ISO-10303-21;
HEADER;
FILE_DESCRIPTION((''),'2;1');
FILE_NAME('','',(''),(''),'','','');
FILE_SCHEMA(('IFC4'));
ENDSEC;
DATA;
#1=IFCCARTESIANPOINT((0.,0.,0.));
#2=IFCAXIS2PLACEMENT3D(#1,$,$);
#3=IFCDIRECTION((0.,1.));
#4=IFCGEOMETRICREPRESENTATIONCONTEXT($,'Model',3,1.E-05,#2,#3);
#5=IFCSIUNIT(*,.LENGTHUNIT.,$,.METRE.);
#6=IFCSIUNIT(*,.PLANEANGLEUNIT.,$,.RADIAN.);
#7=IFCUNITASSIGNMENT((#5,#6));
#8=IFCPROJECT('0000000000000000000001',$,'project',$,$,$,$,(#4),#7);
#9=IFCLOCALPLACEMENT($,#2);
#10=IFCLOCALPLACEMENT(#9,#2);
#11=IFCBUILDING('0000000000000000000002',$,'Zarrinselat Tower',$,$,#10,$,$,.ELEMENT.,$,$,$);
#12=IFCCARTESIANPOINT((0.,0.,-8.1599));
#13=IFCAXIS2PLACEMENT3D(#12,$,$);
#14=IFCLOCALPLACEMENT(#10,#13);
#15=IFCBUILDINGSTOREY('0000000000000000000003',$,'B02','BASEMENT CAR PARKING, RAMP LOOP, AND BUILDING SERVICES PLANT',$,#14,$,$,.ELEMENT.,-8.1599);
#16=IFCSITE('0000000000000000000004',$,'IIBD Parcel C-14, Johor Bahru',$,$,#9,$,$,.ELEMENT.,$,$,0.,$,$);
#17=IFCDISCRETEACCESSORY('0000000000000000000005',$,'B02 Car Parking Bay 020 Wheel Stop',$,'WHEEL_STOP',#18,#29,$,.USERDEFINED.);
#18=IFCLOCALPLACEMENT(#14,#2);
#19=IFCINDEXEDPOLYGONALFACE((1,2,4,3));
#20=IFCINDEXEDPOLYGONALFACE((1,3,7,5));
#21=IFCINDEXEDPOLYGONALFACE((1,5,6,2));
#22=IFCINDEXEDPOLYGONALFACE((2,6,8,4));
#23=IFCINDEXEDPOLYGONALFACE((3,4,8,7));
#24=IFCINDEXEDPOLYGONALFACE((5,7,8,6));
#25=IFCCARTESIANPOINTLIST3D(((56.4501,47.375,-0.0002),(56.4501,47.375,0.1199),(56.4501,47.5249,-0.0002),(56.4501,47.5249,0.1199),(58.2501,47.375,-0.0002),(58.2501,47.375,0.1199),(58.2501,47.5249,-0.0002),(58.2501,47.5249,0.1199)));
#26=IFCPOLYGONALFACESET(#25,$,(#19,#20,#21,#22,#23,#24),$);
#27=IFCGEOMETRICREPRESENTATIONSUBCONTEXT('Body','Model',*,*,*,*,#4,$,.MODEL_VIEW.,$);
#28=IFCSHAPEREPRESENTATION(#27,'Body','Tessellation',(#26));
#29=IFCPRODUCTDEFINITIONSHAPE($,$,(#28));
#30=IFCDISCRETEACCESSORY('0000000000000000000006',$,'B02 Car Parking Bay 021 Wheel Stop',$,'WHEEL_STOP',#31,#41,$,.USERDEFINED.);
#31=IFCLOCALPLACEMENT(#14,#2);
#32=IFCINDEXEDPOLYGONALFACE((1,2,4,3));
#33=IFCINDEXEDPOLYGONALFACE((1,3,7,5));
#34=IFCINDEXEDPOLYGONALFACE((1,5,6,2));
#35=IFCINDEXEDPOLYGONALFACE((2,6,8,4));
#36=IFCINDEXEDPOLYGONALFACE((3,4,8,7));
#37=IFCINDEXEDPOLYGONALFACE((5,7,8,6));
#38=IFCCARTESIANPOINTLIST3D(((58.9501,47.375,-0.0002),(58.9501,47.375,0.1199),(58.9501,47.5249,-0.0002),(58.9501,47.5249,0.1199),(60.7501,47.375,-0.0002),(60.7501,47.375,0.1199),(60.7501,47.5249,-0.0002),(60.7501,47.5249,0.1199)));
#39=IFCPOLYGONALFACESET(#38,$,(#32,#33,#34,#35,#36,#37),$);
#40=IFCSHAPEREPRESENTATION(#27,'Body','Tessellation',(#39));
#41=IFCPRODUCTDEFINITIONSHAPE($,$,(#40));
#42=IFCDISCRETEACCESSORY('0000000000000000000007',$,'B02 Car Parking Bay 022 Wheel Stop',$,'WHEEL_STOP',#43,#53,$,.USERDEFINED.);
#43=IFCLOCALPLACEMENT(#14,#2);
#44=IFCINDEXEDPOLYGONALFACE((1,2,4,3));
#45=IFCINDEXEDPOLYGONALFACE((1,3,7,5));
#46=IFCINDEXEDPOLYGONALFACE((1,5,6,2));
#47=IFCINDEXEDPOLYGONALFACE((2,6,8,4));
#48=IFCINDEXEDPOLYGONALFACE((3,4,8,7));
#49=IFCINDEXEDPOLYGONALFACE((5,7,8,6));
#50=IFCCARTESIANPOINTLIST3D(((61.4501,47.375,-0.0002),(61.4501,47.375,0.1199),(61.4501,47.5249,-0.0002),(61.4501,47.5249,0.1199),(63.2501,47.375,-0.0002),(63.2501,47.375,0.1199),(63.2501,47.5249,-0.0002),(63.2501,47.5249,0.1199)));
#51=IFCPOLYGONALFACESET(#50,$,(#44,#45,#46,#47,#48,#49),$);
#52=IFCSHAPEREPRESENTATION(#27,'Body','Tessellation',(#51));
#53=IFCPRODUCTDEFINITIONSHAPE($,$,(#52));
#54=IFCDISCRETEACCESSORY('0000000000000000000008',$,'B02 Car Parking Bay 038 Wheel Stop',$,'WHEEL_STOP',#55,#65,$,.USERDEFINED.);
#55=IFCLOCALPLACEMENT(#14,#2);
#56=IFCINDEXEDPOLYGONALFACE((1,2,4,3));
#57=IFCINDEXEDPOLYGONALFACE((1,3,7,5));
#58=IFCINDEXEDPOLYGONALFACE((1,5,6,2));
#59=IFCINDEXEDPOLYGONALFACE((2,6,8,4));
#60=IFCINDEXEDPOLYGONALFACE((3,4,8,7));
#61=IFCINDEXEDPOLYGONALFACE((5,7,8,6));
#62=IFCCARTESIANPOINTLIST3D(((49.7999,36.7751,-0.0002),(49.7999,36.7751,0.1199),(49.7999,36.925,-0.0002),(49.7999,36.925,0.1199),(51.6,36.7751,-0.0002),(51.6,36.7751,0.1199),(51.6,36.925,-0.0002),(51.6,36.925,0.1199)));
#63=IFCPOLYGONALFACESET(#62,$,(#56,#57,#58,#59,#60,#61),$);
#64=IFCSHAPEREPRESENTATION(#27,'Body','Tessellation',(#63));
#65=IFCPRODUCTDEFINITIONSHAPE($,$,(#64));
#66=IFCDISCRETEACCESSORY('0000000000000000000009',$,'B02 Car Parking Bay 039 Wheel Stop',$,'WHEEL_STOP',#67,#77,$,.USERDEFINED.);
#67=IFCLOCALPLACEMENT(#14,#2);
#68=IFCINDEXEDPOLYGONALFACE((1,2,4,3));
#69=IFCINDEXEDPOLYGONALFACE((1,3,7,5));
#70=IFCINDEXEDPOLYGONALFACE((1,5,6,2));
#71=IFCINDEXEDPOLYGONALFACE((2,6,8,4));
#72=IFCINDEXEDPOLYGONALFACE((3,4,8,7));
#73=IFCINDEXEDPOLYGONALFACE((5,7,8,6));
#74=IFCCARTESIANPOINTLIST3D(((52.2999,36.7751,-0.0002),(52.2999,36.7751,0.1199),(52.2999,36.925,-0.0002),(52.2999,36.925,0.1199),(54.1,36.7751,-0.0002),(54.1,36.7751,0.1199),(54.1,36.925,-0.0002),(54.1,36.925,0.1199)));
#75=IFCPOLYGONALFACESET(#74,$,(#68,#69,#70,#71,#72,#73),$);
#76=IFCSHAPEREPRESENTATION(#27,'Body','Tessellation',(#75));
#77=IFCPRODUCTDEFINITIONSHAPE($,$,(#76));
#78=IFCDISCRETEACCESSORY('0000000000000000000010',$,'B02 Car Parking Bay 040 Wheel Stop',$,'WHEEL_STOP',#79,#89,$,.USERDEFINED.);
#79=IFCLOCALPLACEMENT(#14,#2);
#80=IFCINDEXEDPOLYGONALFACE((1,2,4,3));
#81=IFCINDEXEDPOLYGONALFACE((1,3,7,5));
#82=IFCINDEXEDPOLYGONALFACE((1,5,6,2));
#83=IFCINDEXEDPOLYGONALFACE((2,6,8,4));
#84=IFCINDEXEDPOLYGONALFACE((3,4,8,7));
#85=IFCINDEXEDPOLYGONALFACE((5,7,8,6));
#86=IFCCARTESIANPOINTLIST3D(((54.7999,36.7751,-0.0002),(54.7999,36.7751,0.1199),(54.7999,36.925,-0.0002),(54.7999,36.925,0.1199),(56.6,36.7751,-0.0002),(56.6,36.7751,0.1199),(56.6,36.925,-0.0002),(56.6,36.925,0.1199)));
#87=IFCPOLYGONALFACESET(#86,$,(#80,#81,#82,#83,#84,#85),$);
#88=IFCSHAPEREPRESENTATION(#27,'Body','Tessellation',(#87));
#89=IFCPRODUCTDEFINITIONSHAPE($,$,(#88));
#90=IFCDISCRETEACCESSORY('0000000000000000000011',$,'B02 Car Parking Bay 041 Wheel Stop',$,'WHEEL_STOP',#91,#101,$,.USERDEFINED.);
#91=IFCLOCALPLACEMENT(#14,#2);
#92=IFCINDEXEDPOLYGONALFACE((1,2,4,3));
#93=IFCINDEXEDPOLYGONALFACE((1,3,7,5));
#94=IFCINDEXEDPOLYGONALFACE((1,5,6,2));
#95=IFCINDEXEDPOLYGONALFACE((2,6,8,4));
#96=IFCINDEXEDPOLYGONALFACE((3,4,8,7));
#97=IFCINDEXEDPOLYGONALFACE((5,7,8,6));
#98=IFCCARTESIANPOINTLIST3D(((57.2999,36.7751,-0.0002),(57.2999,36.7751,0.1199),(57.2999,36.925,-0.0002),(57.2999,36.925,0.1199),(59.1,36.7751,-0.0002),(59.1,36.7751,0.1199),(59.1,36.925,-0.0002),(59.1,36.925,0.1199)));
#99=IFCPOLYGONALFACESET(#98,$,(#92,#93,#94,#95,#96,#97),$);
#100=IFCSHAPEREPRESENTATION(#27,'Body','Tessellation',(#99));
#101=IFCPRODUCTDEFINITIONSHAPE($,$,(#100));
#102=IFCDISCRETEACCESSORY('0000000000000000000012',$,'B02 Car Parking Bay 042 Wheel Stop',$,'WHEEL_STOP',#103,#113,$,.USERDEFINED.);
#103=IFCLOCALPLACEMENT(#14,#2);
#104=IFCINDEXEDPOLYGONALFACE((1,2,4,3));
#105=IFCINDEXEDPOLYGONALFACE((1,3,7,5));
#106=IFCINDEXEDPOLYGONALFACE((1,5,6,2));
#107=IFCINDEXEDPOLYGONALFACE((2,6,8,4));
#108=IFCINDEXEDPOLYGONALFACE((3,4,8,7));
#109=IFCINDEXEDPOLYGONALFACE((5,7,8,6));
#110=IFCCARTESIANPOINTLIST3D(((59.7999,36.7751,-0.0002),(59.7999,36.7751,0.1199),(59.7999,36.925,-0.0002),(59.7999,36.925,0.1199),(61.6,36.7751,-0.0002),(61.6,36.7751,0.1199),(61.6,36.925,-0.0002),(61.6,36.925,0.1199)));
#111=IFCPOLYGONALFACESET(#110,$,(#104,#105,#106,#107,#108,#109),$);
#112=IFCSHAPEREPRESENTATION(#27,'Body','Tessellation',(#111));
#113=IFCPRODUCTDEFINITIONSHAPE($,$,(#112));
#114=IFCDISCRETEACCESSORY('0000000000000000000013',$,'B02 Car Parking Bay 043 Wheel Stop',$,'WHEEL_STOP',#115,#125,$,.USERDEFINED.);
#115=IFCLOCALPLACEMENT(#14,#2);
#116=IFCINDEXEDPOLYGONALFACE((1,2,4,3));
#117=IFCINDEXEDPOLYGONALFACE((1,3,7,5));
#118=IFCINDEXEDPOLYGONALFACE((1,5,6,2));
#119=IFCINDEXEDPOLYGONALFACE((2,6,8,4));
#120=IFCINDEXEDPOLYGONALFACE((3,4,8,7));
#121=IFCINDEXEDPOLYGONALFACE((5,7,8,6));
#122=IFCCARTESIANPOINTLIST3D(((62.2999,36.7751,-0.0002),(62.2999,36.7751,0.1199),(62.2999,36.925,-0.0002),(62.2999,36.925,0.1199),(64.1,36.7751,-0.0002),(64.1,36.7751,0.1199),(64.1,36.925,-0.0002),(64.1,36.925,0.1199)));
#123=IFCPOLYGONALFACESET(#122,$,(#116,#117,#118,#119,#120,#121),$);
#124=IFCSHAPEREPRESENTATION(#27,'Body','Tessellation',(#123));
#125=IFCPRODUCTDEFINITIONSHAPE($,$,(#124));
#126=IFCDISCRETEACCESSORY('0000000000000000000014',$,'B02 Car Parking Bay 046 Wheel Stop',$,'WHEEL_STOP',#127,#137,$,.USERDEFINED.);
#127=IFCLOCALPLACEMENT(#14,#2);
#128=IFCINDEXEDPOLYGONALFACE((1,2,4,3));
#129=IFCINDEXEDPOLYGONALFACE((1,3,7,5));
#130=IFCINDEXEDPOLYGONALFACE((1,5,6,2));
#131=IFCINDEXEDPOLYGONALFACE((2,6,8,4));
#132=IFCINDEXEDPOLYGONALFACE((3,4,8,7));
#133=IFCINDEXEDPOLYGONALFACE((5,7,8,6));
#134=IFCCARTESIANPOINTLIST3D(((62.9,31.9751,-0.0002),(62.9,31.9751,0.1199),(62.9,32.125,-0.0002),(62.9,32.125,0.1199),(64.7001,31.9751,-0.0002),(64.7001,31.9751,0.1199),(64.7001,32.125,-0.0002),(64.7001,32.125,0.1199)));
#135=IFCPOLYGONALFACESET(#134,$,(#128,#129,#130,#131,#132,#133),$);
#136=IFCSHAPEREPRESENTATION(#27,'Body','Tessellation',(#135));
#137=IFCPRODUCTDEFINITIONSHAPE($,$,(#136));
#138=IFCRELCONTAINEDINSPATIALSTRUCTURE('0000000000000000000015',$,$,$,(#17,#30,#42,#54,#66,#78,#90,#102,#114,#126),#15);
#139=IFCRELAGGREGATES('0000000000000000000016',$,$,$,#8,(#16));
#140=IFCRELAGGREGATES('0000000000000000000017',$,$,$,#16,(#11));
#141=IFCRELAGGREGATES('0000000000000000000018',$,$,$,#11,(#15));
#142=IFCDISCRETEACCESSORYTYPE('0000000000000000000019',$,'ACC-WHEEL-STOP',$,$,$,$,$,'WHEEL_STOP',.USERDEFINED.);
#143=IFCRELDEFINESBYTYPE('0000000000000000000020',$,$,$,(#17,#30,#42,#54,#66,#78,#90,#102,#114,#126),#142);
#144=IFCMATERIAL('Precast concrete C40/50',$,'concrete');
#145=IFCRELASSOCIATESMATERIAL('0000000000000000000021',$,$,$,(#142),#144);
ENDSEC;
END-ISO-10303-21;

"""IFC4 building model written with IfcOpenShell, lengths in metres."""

from ifc_helpers import new_model, si_unit, direction, frame, origin, origin_2d, place, context, subcontext, project, spatial, rectangle, extrude, material, type_object, element, save


model = new_model("IFC4")

# Units and contexts
model_context = context("Model", 3, precision=1e-05, world=origin(), true_north=direction((0.0, 1.0)))
body_context = subcontext(model_context, "Body", "Model", "MODEL_VIEW")
ifc_project = project(units=[si_unit("LENGTHUNIT", "METRE"), si_unit("PLANEANGLEUNIT", "RADIAN")], contexts=[model_context])

# Site, building, storey
site_placement = place(None, origin())
site = spatial("IfcSite", under=ifc_project, at=site_placement, Name="IIBD Parcel C-14, Johor Bahru", CompositionType="ELEMENT", RefElevation=0.0)
building_placement = place(site_placement, origin())
building = spatial("IfcBuilding", under=site, at=building_placement, Name="Zarrinselat Tower", CompositionType="ELEMENT")
storey_placement = place(building_placement, frame((0.0, 0.0, -8.1599)))
storey = spatial("IfcBuildingStorey", under=building, at=storey_placement, Name="B02", Description="BASEMENT CAR PARKING, RAMP LOOP, AND BUILDING SERVICES PLANT", CompositionType="ELEMENT", Elevation=-8.1599)

# Discrete accessories
ifc_material_1 = material(Name="Precast concrete C40/50", Category="concrete")
discrete_accessory_type = type_object("IfcDiscreteAccessoryType", Name="ACC-WHEEL-STOP", ElementType="WHEEL_STOP", PredefinedType="USERDEFINED", material=ifc_material_1)
for number, where, z_axis, x_axis, name in (
    (1, (57.3501, 47.45, -0.0002), (0.0, 0.0, 1.0), (1.0, 0.0, 0.0), "B02 Car Parking Bay 020 Wheel Stop"),
    (2, (59.8501, 47.45, -0.0002), (0.0, 0.0, 1.0), (1.0, 0.0, 0.0), "B02 Car Parking Bay 021 Wheel Stop"),
    (3, (62.3501, 47.45, -0.0002), (0.0, 0.0, 1.0), (1.0, 0.0, 0.0), "B02 Car Parking Bay 022 Wheel Stop"),
    (4, (50.7, 36.8501, -0.0002), (0.0, 0.0, 1.0), (1.0, 0.0, 0.0), "B02 Car Parking Bay 038 Wheel Stop"),
    (5, (53.2, 36.8501, -0.0002), (0.0, 0.0, 1.0), (1.0, 0.0, 0.0), "B02 Car Parking Bay 039 Wheel Stop"),
    (6, (55.7, 36.8501, -0.0002), (0.0, 0.0, 1.0), (1.0, 0.0, 0.0), "B02 Car Parking Bay 040 Wheel Stop"),
    (7, (58.2, 36.8501, -0.0002), (0.0, 0.0, 1.0), (1.0, 0.0, 0.0), "B02 Car Parking Bay 041 Wheel Stop"),
    (8, (60.7, 36.8501, -0.0002), (0.0, 0.0, 1.0), (1.0, 0.0, 0.0), "B02 Car Parking Bay 042 Wheel Stop"),
    (9, (63.2, 36.8501, -0.0002), (0.0, 0.0, 1.0), (1.0, 0.0, 0.0), "B02 Car Parking Bay 043 Wheel Stop"),
    (10, (63.8, 32.05, -0.0002), (0.0, 0.0, 1.0), (1.0, 0.0, 0.0), "B02 Car Parking Bay 046 Wheel Stop"),
):
    element("IfcDiscreteAccessory", number, at=place(storey_placement, frame(where, z_axis=z_axis, x_axis=x_axis)), inside=storey, type_object=discrete_accessory_type, Name=name, ObjectType="WHEEL_STOP", PredefinedType="USERDEFINED", context=body_context, shape_type="SweptSolid", body=[
        extrude(rectangle(XDim=1.8, YDim=0.1499, at=origin_2d()), origin(), (0.0, 0.0, 1.0), 0.1201),
    ])

save(model, "model.ifc")
